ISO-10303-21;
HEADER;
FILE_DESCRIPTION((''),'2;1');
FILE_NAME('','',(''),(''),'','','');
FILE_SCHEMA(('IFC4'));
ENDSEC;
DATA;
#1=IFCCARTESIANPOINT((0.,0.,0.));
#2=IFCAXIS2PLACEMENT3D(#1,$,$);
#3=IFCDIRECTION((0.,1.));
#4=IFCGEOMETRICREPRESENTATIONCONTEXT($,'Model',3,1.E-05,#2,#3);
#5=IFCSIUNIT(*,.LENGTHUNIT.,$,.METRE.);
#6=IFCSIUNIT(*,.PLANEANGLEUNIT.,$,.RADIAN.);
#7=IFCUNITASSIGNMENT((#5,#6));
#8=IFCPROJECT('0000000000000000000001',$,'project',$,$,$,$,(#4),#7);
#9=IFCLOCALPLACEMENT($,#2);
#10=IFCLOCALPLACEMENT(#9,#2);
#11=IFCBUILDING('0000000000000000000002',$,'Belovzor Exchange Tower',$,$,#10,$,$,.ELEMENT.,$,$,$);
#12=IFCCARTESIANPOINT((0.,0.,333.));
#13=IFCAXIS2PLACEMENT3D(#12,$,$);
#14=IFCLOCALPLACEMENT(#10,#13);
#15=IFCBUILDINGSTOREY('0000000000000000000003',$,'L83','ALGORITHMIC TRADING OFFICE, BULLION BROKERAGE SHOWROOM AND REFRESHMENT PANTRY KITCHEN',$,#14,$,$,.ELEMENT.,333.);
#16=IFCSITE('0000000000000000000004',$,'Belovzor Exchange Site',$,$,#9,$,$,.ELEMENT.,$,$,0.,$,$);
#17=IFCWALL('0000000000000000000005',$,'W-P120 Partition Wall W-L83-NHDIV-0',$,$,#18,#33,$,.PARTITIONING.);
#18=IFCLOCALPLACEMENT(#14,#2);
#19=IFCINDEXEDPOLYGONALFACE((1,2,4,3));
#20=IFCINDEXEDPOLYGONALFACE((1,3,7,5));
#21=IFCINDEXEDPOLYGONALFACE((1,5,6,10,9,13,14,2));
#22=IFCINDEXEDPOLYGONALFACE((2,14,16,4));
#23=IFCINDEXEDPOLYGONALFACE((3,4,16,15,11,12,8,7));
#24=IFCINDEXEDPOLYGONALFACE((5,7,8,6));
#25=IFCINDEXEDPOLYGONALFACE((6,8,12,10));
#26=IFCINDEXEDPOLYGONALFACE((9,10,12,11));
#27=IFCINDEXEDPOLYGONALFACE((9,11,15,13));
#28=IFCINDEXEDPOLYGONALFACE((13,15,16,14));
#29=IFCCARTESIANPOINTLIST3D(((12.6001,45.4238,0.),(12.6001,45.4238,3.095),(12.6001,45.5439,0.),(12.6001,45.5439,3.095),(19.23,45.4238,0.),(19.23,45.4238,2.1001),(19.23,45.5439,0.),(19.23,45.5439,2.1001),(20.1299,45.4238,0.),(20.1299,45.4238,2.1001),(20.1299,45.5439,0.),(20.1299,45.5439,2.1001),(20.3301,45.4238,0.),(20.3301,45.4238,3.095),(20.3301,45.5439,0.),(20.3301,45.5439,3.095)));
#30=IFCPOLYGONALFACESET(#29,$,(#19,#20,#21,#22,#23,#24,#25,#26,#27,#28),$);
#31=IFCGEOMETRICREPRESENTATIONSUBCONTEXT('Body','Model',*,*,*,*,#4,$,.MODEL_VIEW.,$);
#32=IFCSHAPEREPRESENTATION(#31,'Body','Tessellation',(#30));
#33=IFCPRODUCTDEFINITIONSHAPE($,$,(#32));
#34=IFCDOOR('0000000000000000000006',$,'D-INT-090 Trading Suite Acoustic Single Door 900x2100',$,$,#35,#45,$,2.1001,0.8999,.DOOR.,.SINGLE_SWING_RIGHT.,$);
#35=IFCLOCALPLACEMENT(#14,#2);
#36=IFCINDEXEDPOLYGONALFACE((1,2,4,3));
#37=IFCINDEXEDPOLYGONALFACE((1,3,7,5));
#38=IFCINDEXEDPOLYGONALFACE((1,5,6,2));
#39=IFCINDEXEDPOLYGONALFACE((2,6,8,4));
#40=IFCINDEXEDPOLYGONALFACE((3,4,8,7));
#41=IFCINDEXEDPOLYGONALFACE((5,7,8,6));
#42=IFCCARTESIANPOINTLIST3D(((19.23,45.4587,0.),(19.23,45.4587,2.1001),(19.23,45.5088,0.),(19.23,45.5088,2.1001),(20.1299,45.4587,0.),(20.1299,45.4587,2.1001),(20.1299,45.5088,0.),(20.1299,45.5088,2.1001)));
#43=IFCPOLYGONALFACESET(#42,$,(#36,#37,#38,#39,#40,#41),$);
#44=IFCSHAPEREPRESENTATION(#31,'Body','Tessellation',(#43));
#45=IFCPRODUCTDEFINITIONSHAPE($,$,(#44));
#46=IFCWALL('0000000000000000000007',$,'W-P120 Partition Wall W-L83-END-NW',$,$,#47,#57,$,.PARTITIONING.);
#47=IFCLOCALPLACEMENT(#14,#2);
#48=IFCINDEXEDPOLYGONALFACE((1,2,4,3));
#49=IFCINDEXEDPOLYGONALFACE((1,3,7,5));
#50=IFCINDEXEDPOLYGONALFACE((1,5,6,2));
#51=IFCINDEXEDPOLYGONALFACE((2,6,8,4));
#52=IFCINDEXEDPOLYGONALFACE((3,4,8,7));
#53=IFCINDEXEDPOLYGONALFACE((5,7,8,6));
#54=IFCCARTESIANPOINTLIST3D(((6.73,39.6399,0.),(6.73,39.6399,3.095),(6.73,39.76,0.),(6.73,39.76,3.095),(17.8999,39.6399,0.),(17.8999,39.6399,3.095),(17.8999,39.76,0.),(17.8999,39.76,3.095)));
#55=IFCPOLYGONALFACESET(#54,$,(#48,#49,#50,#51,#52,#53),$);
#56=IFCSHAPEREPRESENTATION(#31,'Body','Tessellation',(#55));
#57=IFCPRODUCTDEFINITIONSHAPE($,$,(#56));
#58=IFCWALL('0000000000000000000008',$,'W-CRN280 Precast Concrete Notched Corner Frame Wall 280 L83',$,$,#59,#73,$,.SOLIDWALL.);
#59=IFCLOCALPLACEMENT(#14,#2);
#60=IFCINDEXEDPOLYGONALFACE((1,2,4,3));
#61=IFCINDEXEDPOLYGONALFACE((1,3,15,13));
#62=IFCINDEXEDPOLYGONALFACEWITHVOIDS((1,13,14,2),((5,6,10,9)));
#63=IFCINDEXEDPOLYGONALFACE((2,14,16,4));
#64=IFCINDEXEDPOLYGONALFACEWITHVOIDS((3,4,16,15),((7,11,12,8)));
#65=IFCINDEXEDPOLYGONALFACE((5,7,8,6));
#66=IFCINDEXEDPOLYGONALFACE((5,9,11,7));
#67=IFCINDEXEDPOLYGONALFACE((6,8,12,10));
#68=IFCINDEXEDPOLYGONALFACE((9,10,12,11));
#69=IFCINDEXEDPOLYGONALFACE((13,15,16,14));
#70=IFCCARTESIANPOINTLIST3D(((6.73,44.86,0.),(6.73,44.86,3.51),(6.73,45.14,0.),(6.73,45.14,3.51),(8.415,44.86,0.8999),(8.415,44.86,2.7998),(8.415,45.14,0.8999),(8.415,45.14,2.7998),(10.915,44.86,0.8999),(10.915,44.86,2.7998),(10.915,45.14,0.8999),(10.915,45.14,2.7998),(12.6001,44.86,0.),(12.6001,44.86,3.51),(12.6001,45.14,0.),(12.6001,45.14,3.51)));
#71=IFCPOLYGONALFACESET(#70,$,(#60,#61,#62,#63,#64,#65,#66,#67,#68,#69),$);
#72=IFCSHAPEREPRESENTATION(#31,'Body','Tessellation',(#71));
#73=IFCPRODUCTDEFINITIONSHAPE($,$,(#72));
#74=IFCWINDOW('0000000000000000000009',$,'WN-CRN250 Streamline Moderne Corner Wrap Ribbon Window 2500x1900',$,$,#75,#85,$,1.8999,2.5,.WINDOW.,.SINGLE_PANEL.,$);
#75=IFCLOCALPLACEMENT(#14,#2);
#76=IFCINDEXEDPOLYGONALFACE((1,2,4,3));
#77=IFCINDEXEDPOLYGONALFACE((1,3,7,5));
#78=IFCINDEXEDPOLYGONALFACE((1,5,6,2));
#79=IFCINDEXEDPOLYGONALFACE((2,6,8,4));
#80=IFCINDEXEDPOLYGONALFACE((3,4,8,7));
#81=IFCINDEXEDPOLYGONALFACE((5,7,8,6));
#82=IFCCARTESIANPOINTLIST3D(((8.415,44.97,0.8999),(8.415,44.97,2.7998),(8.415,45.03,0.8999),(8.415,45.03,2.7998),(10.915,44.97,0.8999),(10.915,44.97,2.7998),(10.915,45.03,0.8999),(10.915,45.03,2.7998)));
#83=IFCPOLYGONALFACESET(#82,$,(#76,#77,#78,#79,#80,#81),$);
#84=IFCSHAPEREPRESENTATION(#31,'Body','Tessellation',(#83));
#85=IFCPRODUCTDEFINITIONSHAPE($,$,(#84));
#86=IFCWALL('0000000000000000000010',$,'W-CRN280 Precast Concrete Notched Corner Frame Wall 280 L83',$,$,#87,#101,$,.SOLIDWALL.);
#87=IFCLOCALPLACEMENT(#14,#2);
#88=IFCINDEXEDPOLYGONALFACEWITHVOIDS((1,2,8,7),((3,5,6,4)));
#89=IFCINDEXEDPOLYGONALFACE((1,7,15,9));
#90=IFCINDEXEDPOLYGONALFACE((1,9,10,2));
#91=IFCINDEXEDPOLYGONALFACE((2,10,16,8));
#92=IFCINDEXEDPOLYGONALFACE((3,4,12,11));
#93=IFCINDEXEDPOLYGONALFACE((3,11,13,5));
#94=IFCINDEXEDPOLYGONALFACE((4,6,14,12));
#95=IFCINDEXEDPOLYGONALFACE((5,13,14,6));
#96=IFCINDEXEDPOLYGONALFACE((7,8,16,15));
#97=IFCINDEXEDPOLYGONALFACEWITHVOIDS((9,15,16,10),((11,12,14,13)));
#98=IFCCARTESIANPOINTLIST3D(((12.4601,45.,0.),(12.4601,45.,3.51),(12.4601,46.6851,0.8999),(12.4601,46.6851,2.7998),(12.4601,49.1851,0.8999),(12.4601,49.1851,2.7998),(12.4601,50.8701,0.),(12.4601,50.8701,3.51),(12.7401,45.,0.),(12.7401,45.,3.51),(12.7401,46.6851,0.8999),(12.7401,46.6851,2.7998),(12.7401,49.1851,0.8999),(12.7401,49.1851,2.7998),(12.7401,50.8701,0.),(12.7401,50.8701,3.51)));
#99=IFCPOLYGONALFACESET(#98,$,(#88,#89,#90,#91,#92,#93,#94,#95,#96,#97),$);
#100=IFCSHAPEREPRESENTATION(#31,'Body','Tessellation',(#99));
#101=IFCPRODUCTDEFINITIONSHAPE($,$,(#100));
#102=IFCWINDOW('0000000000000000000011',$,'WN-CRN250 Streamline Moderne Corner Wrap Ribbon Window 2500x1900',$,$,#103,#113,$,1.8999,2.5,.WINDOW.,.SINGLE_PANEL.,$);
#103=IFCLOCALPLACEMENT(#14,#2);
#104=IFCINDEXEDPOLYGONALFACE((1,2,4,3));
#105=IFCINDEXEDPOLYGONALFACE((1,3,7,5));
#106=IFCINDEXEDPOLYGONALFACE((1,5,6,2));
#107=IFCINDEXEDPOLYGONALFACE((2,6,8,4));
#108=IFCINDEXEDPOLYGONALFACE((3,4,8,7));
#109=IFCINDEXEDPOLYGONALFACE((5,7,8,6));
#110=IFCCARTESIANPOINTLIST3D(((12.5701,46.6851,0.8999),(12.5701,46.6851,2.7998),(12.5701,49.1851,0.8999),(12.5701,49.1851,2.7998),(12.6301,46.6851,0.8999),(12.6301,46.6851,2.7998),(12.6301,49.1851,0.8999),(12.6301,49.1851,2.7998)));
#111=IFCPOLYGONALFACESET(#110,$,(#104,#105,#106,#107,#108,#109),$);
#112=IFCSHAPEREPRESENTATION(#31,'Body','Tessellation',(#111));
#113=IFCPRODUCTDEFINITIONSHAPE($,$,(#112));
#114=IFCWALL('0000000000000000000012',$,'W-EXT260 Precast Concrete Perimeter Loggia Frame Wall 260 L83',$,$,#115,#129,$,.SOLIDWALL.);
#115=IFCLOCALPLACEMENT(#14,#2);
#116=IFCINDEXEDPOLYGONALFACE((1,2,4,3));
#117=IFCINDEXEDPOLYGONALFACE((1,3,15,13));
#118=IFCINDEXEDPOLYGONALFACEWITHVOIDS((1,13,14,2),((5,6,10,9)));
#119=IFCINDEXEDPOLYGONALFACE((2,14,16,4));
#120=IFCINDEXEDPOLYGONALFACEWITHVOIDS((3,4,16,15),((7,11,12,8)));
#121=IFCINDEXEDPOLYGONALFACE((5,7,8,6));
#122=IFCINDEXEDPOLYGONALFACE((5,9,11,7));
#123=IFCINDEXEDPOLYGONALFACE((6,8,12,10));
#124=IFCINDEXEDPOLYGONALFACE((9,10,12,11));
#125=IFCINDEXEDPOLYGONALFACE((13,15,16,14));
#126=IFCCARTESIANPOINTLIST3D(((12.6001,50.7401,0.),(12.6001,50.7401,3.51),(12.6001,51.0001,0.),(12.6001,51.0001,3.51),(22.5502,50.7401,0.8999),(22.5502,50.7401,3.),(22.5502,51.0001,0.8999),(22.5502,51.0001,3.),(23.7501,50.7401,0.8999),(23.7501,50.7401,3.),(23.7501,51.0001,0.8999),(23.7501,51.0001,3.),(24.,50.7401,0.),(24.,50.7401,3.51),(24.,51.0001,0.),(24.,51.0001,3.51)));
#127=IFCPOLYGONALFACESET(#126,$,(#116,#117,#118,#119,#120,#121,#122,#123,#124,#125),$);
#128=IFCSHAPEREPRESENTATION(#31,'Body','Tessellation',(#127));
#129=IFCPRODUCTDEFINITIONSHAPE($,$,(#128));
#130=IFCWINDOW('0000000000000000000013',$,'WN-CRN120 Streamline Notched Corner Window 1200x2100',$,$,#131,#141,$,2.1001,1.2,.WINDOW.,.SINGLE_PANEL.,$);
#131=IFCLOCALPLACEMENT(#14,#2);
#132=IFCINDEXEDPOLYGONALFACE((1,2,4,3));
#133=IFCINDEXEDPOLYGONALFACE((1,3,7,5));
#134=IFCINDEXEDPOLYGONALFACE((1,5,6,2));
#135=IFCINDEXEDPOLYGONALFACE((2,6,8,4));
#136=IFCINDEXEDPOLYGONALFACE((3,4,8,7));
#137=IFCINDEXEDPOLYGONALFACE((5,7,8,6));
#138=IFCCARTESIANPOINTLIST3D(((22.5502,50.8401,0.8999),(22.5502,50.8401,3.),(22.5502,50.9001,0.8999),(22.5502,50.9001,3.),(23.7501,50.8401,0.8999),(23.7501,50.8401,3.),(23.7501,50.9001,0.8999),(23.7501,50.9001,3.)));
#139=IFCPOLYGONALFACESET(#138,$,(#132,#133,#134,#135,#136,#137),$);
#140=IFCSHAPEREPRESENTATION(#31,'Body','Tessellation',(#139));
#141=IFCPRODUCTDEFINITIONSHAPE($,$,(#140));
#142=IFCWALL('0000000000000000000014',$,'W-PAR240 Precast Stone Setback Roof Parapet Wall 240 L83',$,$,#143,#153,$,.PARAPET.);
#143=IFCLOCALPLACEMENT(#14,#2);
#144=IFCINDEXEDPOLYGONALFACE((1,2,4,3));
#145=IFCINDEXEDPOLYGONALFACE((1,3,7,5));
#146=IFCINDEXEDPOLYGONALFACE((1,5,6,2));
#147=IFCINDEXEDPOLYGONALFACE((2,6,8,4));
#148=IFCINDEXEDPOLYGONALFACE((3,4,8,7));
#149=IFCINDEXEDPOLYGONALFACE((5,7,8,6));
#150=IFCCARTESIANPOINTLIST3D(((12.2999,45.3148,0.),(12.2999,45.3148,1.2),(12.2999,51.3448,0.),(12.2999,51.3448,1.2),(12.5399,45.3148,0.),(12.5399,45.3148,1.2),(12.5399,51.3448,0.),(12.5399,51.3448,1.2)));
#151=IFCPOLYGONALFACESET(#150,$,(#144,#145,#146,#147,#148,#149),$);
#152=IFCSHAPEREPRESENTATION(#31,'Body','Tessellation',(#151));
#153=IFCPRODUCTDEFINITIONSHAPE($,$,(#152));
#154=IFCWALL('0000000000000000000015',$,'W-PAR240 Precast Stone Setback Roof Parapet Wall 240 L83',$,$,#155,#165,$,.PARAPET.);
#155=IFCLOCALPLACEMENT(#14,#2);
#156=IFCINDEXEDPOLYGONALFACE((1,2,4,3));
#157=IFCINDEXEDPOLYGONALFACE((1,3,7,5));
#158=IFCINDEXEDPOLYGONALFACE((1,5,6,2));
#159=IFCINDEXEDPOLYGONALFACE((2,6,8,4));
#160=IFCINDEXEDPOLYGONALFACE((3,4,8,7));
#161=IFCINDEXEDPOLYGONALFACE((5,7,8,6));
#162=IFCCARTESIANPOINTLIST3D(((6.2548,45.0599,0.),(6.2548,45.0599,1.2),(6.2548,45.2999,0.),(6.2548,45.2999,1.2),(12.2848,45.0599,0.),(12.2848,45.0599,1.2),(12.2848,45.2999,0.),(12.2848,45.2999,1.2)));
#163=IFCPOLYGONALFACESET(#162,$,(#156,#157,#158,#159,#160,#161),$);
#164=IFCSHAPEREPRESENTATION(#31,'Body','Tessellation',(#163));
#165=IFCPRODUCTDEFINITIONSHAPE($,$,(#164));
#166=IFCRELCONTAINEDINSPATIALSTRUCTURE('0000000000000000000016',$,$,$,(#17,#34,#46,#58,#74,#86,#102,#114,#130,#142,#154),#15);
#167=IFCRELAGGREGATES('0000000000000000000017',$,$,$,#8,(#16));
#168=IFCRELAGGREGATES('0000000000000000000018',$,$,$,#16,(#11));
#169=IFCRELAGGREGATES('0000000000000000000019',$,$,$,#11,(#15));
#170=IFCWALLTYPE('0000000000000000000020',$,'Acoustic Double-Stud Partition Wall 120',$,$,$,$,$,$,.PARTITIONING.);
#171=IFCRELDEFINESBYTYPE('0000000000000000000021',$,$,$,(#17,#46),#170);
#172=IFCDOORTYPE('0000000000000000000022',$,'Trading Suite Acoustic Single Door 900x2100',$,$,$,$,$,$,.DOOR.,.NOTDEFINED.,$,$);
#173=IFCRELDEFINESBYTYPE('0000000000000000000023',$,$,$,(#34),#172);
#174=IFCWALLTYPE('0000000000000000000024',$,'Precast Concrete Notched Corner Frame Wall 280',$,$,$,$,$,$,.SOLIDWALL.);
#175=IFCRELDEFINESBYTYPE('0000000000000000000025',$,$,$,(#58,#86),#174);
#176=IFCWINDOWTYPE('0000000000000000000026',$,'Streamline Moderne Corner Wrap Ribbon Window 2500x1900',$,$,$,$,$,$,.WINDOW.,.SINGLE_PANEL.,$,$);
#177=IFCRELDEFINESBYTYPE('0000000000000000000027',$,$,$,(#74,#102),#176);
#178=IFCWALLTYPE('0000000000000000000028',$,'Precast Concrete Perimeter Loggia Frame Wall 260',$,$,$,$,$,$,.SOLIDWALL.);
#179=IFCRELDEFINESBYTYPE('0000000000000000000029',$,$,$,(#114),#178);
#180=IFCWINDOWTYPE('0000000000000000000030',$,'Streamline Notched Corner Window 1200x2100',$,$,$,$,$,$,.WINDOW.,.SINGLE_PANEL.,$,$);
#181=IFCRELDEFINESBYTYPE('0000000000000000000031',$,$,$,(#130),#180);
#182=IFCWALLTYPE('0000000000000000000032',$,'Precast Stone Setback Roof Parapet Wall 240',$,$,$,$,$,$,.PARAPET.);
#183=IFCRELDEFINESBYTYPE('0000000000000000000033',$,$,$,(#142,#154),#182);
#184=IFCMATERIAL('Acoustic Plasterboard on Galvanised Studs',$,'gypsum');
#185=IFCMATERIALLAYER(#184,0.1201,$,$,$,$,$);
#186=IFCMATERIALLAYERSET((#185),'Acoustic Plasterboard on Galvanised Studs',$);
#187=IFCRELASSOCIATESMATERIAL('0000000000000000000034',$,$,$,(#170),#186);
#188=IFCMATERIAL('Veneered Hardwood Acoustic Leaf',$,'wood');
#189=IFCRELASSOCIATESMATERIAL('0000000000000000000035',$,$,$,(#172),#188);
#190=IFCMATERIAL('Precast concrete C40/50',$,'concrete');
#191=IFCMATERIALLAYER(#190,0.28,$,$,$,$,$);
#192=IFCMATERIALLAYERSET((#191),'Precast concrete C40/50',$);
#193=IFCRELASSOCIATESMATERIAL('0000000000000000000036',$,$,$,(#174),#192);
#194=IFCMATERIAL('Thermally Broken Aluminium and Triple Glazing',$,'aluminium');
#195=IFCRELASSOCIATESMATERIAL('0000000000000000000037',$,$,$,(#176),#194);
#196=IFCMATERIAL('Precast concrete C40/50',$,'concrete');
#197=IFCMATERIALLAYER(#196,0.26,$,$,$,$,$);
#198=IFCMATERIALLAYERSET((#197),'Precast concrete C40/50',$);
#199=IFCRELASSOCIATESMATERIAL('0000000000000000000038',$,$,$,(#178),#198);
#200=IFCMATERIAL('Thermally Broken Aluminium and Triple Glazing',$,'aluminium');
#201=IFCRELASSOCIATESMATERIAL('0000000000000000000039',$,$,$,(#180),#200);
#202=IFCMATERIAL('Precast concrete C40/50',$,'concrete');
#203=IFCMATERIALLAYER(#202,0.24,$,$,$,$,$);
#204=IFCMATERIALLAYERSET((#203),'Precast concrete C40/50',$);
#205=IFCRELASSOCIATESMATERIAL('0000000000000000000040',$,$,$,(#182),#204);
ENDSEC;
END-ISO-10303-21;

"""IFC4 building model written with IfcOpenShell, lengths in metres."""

from ifc_helpers import new_model, si_unit, direction, frame, frame_2d, origin, place, context, subcontext, project, spatial, rectangle, extrude, material, layer, layer_set, type_object, element, fill, save


model = new_model("IFC4")

# Units and contexts
model_context = context("Model", 3, precision=1e-05, world=origin(), true_north=direction((0.0, 1.0)))
body_context = subcontext(model_context, "Body", "Model", "MODEL_VIEW")
ifc_project = project(units=[si_unit("LENGTHUNIT", "METRE"), si_unit("PLANEANGLEUNIT", "RADIAN")], contexts=[model_context])

# Site, building, storey
site_placement = place(None, origin())
site = spatial("IfcSite", under=ifc_project, at=site_placement, Name="Belovzor Exchange Site", CompositionType="ELEMENT", RefElevation=0.0)
building_placement = place(site_placement, origin())
building = spatial("IfcBuilding", under=site, at=building_placement, Name="Belovzor Exchange Tower", CompositionType="ELEMENT")
storey_placement = place(building_placement, frame((0.0, 0.0, 333.0)))
storey = spatial("IfcBuildingStorey", under=building, at=storey_placement, Name="L83", Description="ALGORITHMIC TRADING OFFICE, BULLION BROKERAGE SHOWROOM AND REFRESHMENT PANTRY KITCHEN", CompositionType="ELEMENT", Elevation=333.0)

# Wall, opening, door
ifc_material_1 = material(Name="Acoustic Plasterboard on Galvanised Studs", Category="gypsum")
ifc_layer_1 = layer(ifc_material_1, 0.1201)
ifc_layer_set_1 = layer_set([ifc_layer_1], Name="Acoustic Plasterboard on Galvanised Studs")
wall_type_1 = type_object("IfcWallType", Name="Acoustic Double-Stud Partition Wall 120", PredefinedType="PARTITIONING", material=ifc_layer_set_1)
wall_1_placement = place(storey_placement, frame((12.6001, 45.4839, 0.0), z_axis=(0.0, 0.0, 1.0), x_axis=(1.0, 0.0, 0.0)))
wall_1 = element("IfcWall", 1, at=wall_1_placement, inside=storey, type_object=wall_type_1, Name="W-P120 Partition Wall W-L83-NHDIV-0", PredefinedType="PARTITIONING", context=body_context, shape_type="SweptSolid", body=[
    extrude(rectangle(XDim=7.73, YDim=0.1201, at=frame_2d((3.865, 0.0))), origin(), (0.0, 0.0, 1.0), 3.095),
])
opening_1_placement = place(wall_1_placement, frame((6.6299, 0.0, 0.0)))
opening_1 = element("IfcOpeningElement", 2, at=opening_1_placement, cuts=wall_1, PredefinedType="OPENING", context=body_context, shape_type="SweptSolid", body=[
    extrude(rectangle(XDim=0.8999, YDim=2.1001, at=frame_2d((0.45, 1.05))), frame((0.0, 0.0701, 0.0), z_axis=(0.0, -1.0, 0.0), x_axis=(1.0, 0.0, 0.0)), (0.0, 0.0, 1.0), 0.1401),
])
ifc_material_2 = material(Name="Veneered Hardwood Acoustic Leaf", Category="wood")
door_type = type_object("IfcDoorType", Name="Trading Suite Acoustic Single Door 900x2100", OperationType="NOTDEFINED", PredefinedType="DOOR", material=ifc_material_2)
door_placement = place(opening_1_placement, origin())
door = element("IfcDoor", 3, at=door_placement, inside=storey, type_object=door_type, Name="D-INT-090 Trading Suite Acoustic Single Door 900x2100", OperationType="SINGLE_SWING_RIGHT", OverallHeight=2.1001, OverallWidth=0.8999, PredefinedType="DOOR", context=body_context, shape_type="SweptSolid", body=[
    extrude(rectangle(XDim=0.8999, YDim=2.1001, at=frame_2d((0.45, 1.05))), frame((0.0, 0.0249, 0.0), z_axis=(0.0, -1.0, 0.0), x_axis=(1.0, 0.0, 0.0)), (0.0, 0.0, 1.0), 0.05),
])
fill(opening_1, door)

# Wall
wall_2_placement = place(storey_placement, frame((6.73, 39.7, 0.0), z_axis=(0.0, 0.0, 1.0), x_axis=(1.0, 0.0, 0.0)))
element("IfcWall", 4, at=wall_2_placement, inside=storey, type_object=wall_type_1, Name="W-P120 Partition Wall W-L83-END-NW", PredefinedType="PARTITIONING", context=body_context, shape_type="SweptSolid", body=[
    extrude(rectangle(XDim=11.1699, YDim=0.1201, at=frame_2d((5.585, 0.0))), origin(), (0.0, 0.0, 1.0), 3.095),
])

# Walls, openings, windows
ifc_material_3 = material(Name="Precast concrete C40/50", Category="concrete")
ifc_layer_2 = layer(ifc_material_3, 0.28)
ifc_layer_set_2 = layer_set([ifc_layer_2], Name="Precast concrete C40/50")
wall_type_2 = type_object("IfcWallType", Name="Precast Concrete Notched Corner Frame Wall 280", PredefinedType="SOLIDWALL", material=ifc_layer_set_2)
wall_3_placement = place(storey_placement, frame((6.73, 45.0, 0.0), z_axis=(0.0, 0.0, 1.0), x_axis=(1.0, 0.0, 0.0)))
wall_3 = element("IfcWall", 5, at=wall_3_placement, inside=storey, type_object=wall_type_2, Name="W-CRN280 Precast Concrete Notched Corner Frame Wall 280 L83", PredefinedType="SOLIDWALL", context=body_context, shape_type="SweptSolid", body=[
    extrude(rectangle(XDim=5.8701, YDim=0.28, at=frame_2d((2.9351, 0.0))), origin(), (0.0, 0.0, 1.0), 3.51),
])
opening_2_placement = place(wall_3_placement, frame((1.6851, 0.0, 0.8999)))
opening_2 = element("IfcOpeningElement", 6, at=opening_2_placement, cuts=wall_3, PredefinedType="OPENING", context=body_context, shape_type="SweptSolid", body=[
    extrude(rectangle(XDim=2.5, YDim=1.8999, at=frame_2d((1.25, 0.95))), frame((0.0, 0.1499, 0.0), z_axis=(0.0, -1.0, 0.0), x_axis=(1.0, 0.0, 0.0)), (0.0, 0.0, 1.0), 0.3),
])
ifc_material_4 = material(Name="Thermally Broken Aluminium and Triple Glazing", Category="aluminium")
window_type_1 = type_object("IfcWindowType", Name="Streamline Moderne Corner Wrap Ribbon Window 2500x1900", PartitioningType="SINGLE_PANEL", PredefinedType="WINDOW", material=ifc_material_4)
window_1_placement = place(opening_2_placement, origin())
window_1 = element("IfcWindow", 7, at=window_1_placement, inside=storey, type_object=window_type_1, Name="WN-CRN250 Streamline Moderne Corner Wrap Ribbon Window 2500x1900", OverallHeight=1.8999, OverallWidth=2.5, PartitioningType="SINGLE_PANEL", PredefinedType="WINDOW", context=body_context, shape_type="SweptSolid", body=[
    extrude(rectangle(XDim=2.5, YDim=1.8999, at=frame_2d((1.25, 0.95))), frame((0.0, 0.03, 0.0), z_axis=(0.0, -1.0, 0.0), x_axis=(1.0, 0.0, 0.0)), (0.0, 0.0, 1.0), 0.0601),
])
fill(opening_2, window_1)
wall_4_placement = place(storey_placement, frame((12.6001, 45.0, 0.0), z_axis=(0.0, 0.0, 1.0), x_axis=(0.0, 1.0, 0.0)))
wall_4 = element("IfcWall", 8, at=wall_4_placement, inside=storey, type_object=wall_type_2, Name="W-CRN280 Precast Concrete Notched Corner Frame Wall 280 L83", PredefinedType="SOLIDWALL", context=body_context, shape_type="SweptSolid", body=[
    extrude(rectangle(XDim=5.8701, YDim=0.28, at=frame_2d((2.9351, 0.0))), origin(), (0.0, 0.0, 1.0), 3.51),
])
opening_3_placement = place(wall_4_placement, frame((1.6851, 0.0, 0.8999)))
opening_3 = element("IfcOpeningElement", 9, at=opening_3_placement, cuts=wall_4, PredefinedType="OPENING", context=body_context, shape_type="SweptSolid", body=[
    extrude(rectangle(XDim=2.5, YDim=1.8999, at=frame_2d((1.25, 0.95))), frame((0.0, 0.1499, 0.0), z_axis=(0.0, -1.0, 0.0), x_axis=(1.0, 0.0, 0.0)), (0.0, 0.0, 1.0), 0.3),
])
window_2_placement = place(opening_3_placement, origin())
window_2 = element("IfcWindow", 10, at=window_2_placement, inside=storey, type_object=window_type_1, Name="WN-CRN250 Streamline Moderne Corner Wrap Ribbon Window 2500x1900", OverallHeight=1.8999, OverallWidth=2.5, PartitioningType="SINGLE_PANEL", PredefinedType="WINDOW", context=body_context, shape_type="SweptSolid", body=[
    extrude(rectangle(XDim=2.5, YDim=1.8999, at=frame_2d((1.25, 0.95))), frame((0.0, 0.03, 0.0), z_axis=(0.0, -1.0, 0.0), x_axis=(1.0, 0.0, 0.0)), (0.0, 0.0, 1.0), 0.0601),
])
fill(opening_3, window_2)
ifc_material_5 = material(Name="Precast concrete C40/50", Category="concrete")
ifc_layer_3 = layer(ifc_material_5, 0.26)
ifc_layer_set_3 = layer_set([ifc_layer_3], Name="Precast concrete C40/50")
wall_type_3 = type_object("IfcWallType", Name="Precast Concrete Perimeter Loggia Frame Wall 260", PredefinedType="SOLIDWALL", material=ifc_layer_set_3)
wall_5_placement = place(storey_placement, frame((12.6001, 50.8701, 0.0), z_axis=(0.0, 0.0, 1.0), x_axis=(1.0, 0.0, 0.0)))
wall_5 = element("IfcWall", 11, at=wall_5_placement, inside=storey, type_object=wall_type_3, Name="W-EXT260 Precast Concrete Perimeter Loggia Frame Wall 260 L83", PredefinedType="SOLIDWALL", context=body_context, shape_type="SweptSolid", body=[
    extrude(rectangle(XDim=11.3999, YDim=0.26, at=frame_2d((5.7, 0.0))), origin(), (0.0, 0.0, 1.0), 3.51),
])
opening_4_placement = place(wall_5_placement, frame((9.95, 0.0, 0.8999)))
opening_4 = element("IfcOpeningElement", 12, at=opening_4_placement, cuts=wall_5, PredefinedType="OPENING", context=body_context, shape_type="SweptSolid", body=[
    extrude(rectangle(XDim=1.2, YDim=2.1001, at=frame_2d((0.6001, 1.05))), frame((0.0, 0.1399, 0.0), z_axis=(0.0, -1.0, 0.0), x_axis=(1.0, 0.0, 0.0)), (0.0, 0.0, 1.0), 0.28),
])
ifc_material_6 = material(Name="Thermally Broken Aluminium and Triple Glazing", Category="aluminium")
window_type_2 = type_object("IfcWindowType", Name="Streamline Notched Corner Window 1200x2100", PartitioningType="SINGLE_PANEL", PredefinedType="WINDOW", material=ifc_material_6)
window_3_placement = place(opening_4_placement, origin())
window_3 = element("IfcWindow", 13, at=window_3_placement, inside=storey, type_object=window_type_2, Name="WN-CRN120 Streamline Notched Corner Window 1200x2100", OverallHeight=2.1001, OverallWidth=1.2, PartitioningType="SINGLE_PANEL", PredefinedType="WINDOW", context=body_context, shape_type="SweptSolid", body=[
    extrude(rectangle(XDim=1.2, YDim=2.1001, at=frame_2d((0.6001, 1.05))), frame((0.0, 0.03, 0.0), z_axis=(0.0, -1.0, 0.0), x_axis=(1.0, 0.0, 0.0)), (0.0, 0.0, 1.0), 0.0601),
])
fill(opening_4, window_3)

# Walls
ifc_material_7 = material(Name="Precast concrete C40/50", Category="concrete")
ifc_layer_4 = layer(ifc_material_7, 0.24)
ifc_layer_set_4 = layer_set([ifc_layer_4], Name="Precast concrete C40/50")
wall_type_4 = type_object("IfcWallType", Name="Precast Stone Setback Roof Parapet Wall 240", PredefinedType="PARAPET", material=ifc_layer_set_4)
for number, where, z_axis, x_axis, name in (
    (14, (12.4199, 51.345, 0.0), (0.0, 0.0, 1.0), (0.0, -1.0, 0.0), "W-PAR240 Precast Stone Setback Roof Parapet Wall 240 L83"),
    (15, (12.2849, 45.1799, 0.0), (0.0, 0.0, 1.0), (-1.0, 0.0, 0.0), "W-PAR240 Precast Stone Setback Roof Parapet Wall 240 L83"),
):
    element("IfcWall", number, at=place(storey_placement, frame(where, z_axis=z_axis, x_axis=x_axis)), inside=storey, type_object=wall_type_4, Name=name, PredefinedType="PARAPET", context=body_context, shape_type="SweptSolid", body=[
        extrude(rectangle(XDim=6.03, YDim=0.24, at=frame_2d((3.0151, 0.0))), origin(), (0.0, 0.0, 1.0), 1.2),
    ])

save(model, "model.ifc")
